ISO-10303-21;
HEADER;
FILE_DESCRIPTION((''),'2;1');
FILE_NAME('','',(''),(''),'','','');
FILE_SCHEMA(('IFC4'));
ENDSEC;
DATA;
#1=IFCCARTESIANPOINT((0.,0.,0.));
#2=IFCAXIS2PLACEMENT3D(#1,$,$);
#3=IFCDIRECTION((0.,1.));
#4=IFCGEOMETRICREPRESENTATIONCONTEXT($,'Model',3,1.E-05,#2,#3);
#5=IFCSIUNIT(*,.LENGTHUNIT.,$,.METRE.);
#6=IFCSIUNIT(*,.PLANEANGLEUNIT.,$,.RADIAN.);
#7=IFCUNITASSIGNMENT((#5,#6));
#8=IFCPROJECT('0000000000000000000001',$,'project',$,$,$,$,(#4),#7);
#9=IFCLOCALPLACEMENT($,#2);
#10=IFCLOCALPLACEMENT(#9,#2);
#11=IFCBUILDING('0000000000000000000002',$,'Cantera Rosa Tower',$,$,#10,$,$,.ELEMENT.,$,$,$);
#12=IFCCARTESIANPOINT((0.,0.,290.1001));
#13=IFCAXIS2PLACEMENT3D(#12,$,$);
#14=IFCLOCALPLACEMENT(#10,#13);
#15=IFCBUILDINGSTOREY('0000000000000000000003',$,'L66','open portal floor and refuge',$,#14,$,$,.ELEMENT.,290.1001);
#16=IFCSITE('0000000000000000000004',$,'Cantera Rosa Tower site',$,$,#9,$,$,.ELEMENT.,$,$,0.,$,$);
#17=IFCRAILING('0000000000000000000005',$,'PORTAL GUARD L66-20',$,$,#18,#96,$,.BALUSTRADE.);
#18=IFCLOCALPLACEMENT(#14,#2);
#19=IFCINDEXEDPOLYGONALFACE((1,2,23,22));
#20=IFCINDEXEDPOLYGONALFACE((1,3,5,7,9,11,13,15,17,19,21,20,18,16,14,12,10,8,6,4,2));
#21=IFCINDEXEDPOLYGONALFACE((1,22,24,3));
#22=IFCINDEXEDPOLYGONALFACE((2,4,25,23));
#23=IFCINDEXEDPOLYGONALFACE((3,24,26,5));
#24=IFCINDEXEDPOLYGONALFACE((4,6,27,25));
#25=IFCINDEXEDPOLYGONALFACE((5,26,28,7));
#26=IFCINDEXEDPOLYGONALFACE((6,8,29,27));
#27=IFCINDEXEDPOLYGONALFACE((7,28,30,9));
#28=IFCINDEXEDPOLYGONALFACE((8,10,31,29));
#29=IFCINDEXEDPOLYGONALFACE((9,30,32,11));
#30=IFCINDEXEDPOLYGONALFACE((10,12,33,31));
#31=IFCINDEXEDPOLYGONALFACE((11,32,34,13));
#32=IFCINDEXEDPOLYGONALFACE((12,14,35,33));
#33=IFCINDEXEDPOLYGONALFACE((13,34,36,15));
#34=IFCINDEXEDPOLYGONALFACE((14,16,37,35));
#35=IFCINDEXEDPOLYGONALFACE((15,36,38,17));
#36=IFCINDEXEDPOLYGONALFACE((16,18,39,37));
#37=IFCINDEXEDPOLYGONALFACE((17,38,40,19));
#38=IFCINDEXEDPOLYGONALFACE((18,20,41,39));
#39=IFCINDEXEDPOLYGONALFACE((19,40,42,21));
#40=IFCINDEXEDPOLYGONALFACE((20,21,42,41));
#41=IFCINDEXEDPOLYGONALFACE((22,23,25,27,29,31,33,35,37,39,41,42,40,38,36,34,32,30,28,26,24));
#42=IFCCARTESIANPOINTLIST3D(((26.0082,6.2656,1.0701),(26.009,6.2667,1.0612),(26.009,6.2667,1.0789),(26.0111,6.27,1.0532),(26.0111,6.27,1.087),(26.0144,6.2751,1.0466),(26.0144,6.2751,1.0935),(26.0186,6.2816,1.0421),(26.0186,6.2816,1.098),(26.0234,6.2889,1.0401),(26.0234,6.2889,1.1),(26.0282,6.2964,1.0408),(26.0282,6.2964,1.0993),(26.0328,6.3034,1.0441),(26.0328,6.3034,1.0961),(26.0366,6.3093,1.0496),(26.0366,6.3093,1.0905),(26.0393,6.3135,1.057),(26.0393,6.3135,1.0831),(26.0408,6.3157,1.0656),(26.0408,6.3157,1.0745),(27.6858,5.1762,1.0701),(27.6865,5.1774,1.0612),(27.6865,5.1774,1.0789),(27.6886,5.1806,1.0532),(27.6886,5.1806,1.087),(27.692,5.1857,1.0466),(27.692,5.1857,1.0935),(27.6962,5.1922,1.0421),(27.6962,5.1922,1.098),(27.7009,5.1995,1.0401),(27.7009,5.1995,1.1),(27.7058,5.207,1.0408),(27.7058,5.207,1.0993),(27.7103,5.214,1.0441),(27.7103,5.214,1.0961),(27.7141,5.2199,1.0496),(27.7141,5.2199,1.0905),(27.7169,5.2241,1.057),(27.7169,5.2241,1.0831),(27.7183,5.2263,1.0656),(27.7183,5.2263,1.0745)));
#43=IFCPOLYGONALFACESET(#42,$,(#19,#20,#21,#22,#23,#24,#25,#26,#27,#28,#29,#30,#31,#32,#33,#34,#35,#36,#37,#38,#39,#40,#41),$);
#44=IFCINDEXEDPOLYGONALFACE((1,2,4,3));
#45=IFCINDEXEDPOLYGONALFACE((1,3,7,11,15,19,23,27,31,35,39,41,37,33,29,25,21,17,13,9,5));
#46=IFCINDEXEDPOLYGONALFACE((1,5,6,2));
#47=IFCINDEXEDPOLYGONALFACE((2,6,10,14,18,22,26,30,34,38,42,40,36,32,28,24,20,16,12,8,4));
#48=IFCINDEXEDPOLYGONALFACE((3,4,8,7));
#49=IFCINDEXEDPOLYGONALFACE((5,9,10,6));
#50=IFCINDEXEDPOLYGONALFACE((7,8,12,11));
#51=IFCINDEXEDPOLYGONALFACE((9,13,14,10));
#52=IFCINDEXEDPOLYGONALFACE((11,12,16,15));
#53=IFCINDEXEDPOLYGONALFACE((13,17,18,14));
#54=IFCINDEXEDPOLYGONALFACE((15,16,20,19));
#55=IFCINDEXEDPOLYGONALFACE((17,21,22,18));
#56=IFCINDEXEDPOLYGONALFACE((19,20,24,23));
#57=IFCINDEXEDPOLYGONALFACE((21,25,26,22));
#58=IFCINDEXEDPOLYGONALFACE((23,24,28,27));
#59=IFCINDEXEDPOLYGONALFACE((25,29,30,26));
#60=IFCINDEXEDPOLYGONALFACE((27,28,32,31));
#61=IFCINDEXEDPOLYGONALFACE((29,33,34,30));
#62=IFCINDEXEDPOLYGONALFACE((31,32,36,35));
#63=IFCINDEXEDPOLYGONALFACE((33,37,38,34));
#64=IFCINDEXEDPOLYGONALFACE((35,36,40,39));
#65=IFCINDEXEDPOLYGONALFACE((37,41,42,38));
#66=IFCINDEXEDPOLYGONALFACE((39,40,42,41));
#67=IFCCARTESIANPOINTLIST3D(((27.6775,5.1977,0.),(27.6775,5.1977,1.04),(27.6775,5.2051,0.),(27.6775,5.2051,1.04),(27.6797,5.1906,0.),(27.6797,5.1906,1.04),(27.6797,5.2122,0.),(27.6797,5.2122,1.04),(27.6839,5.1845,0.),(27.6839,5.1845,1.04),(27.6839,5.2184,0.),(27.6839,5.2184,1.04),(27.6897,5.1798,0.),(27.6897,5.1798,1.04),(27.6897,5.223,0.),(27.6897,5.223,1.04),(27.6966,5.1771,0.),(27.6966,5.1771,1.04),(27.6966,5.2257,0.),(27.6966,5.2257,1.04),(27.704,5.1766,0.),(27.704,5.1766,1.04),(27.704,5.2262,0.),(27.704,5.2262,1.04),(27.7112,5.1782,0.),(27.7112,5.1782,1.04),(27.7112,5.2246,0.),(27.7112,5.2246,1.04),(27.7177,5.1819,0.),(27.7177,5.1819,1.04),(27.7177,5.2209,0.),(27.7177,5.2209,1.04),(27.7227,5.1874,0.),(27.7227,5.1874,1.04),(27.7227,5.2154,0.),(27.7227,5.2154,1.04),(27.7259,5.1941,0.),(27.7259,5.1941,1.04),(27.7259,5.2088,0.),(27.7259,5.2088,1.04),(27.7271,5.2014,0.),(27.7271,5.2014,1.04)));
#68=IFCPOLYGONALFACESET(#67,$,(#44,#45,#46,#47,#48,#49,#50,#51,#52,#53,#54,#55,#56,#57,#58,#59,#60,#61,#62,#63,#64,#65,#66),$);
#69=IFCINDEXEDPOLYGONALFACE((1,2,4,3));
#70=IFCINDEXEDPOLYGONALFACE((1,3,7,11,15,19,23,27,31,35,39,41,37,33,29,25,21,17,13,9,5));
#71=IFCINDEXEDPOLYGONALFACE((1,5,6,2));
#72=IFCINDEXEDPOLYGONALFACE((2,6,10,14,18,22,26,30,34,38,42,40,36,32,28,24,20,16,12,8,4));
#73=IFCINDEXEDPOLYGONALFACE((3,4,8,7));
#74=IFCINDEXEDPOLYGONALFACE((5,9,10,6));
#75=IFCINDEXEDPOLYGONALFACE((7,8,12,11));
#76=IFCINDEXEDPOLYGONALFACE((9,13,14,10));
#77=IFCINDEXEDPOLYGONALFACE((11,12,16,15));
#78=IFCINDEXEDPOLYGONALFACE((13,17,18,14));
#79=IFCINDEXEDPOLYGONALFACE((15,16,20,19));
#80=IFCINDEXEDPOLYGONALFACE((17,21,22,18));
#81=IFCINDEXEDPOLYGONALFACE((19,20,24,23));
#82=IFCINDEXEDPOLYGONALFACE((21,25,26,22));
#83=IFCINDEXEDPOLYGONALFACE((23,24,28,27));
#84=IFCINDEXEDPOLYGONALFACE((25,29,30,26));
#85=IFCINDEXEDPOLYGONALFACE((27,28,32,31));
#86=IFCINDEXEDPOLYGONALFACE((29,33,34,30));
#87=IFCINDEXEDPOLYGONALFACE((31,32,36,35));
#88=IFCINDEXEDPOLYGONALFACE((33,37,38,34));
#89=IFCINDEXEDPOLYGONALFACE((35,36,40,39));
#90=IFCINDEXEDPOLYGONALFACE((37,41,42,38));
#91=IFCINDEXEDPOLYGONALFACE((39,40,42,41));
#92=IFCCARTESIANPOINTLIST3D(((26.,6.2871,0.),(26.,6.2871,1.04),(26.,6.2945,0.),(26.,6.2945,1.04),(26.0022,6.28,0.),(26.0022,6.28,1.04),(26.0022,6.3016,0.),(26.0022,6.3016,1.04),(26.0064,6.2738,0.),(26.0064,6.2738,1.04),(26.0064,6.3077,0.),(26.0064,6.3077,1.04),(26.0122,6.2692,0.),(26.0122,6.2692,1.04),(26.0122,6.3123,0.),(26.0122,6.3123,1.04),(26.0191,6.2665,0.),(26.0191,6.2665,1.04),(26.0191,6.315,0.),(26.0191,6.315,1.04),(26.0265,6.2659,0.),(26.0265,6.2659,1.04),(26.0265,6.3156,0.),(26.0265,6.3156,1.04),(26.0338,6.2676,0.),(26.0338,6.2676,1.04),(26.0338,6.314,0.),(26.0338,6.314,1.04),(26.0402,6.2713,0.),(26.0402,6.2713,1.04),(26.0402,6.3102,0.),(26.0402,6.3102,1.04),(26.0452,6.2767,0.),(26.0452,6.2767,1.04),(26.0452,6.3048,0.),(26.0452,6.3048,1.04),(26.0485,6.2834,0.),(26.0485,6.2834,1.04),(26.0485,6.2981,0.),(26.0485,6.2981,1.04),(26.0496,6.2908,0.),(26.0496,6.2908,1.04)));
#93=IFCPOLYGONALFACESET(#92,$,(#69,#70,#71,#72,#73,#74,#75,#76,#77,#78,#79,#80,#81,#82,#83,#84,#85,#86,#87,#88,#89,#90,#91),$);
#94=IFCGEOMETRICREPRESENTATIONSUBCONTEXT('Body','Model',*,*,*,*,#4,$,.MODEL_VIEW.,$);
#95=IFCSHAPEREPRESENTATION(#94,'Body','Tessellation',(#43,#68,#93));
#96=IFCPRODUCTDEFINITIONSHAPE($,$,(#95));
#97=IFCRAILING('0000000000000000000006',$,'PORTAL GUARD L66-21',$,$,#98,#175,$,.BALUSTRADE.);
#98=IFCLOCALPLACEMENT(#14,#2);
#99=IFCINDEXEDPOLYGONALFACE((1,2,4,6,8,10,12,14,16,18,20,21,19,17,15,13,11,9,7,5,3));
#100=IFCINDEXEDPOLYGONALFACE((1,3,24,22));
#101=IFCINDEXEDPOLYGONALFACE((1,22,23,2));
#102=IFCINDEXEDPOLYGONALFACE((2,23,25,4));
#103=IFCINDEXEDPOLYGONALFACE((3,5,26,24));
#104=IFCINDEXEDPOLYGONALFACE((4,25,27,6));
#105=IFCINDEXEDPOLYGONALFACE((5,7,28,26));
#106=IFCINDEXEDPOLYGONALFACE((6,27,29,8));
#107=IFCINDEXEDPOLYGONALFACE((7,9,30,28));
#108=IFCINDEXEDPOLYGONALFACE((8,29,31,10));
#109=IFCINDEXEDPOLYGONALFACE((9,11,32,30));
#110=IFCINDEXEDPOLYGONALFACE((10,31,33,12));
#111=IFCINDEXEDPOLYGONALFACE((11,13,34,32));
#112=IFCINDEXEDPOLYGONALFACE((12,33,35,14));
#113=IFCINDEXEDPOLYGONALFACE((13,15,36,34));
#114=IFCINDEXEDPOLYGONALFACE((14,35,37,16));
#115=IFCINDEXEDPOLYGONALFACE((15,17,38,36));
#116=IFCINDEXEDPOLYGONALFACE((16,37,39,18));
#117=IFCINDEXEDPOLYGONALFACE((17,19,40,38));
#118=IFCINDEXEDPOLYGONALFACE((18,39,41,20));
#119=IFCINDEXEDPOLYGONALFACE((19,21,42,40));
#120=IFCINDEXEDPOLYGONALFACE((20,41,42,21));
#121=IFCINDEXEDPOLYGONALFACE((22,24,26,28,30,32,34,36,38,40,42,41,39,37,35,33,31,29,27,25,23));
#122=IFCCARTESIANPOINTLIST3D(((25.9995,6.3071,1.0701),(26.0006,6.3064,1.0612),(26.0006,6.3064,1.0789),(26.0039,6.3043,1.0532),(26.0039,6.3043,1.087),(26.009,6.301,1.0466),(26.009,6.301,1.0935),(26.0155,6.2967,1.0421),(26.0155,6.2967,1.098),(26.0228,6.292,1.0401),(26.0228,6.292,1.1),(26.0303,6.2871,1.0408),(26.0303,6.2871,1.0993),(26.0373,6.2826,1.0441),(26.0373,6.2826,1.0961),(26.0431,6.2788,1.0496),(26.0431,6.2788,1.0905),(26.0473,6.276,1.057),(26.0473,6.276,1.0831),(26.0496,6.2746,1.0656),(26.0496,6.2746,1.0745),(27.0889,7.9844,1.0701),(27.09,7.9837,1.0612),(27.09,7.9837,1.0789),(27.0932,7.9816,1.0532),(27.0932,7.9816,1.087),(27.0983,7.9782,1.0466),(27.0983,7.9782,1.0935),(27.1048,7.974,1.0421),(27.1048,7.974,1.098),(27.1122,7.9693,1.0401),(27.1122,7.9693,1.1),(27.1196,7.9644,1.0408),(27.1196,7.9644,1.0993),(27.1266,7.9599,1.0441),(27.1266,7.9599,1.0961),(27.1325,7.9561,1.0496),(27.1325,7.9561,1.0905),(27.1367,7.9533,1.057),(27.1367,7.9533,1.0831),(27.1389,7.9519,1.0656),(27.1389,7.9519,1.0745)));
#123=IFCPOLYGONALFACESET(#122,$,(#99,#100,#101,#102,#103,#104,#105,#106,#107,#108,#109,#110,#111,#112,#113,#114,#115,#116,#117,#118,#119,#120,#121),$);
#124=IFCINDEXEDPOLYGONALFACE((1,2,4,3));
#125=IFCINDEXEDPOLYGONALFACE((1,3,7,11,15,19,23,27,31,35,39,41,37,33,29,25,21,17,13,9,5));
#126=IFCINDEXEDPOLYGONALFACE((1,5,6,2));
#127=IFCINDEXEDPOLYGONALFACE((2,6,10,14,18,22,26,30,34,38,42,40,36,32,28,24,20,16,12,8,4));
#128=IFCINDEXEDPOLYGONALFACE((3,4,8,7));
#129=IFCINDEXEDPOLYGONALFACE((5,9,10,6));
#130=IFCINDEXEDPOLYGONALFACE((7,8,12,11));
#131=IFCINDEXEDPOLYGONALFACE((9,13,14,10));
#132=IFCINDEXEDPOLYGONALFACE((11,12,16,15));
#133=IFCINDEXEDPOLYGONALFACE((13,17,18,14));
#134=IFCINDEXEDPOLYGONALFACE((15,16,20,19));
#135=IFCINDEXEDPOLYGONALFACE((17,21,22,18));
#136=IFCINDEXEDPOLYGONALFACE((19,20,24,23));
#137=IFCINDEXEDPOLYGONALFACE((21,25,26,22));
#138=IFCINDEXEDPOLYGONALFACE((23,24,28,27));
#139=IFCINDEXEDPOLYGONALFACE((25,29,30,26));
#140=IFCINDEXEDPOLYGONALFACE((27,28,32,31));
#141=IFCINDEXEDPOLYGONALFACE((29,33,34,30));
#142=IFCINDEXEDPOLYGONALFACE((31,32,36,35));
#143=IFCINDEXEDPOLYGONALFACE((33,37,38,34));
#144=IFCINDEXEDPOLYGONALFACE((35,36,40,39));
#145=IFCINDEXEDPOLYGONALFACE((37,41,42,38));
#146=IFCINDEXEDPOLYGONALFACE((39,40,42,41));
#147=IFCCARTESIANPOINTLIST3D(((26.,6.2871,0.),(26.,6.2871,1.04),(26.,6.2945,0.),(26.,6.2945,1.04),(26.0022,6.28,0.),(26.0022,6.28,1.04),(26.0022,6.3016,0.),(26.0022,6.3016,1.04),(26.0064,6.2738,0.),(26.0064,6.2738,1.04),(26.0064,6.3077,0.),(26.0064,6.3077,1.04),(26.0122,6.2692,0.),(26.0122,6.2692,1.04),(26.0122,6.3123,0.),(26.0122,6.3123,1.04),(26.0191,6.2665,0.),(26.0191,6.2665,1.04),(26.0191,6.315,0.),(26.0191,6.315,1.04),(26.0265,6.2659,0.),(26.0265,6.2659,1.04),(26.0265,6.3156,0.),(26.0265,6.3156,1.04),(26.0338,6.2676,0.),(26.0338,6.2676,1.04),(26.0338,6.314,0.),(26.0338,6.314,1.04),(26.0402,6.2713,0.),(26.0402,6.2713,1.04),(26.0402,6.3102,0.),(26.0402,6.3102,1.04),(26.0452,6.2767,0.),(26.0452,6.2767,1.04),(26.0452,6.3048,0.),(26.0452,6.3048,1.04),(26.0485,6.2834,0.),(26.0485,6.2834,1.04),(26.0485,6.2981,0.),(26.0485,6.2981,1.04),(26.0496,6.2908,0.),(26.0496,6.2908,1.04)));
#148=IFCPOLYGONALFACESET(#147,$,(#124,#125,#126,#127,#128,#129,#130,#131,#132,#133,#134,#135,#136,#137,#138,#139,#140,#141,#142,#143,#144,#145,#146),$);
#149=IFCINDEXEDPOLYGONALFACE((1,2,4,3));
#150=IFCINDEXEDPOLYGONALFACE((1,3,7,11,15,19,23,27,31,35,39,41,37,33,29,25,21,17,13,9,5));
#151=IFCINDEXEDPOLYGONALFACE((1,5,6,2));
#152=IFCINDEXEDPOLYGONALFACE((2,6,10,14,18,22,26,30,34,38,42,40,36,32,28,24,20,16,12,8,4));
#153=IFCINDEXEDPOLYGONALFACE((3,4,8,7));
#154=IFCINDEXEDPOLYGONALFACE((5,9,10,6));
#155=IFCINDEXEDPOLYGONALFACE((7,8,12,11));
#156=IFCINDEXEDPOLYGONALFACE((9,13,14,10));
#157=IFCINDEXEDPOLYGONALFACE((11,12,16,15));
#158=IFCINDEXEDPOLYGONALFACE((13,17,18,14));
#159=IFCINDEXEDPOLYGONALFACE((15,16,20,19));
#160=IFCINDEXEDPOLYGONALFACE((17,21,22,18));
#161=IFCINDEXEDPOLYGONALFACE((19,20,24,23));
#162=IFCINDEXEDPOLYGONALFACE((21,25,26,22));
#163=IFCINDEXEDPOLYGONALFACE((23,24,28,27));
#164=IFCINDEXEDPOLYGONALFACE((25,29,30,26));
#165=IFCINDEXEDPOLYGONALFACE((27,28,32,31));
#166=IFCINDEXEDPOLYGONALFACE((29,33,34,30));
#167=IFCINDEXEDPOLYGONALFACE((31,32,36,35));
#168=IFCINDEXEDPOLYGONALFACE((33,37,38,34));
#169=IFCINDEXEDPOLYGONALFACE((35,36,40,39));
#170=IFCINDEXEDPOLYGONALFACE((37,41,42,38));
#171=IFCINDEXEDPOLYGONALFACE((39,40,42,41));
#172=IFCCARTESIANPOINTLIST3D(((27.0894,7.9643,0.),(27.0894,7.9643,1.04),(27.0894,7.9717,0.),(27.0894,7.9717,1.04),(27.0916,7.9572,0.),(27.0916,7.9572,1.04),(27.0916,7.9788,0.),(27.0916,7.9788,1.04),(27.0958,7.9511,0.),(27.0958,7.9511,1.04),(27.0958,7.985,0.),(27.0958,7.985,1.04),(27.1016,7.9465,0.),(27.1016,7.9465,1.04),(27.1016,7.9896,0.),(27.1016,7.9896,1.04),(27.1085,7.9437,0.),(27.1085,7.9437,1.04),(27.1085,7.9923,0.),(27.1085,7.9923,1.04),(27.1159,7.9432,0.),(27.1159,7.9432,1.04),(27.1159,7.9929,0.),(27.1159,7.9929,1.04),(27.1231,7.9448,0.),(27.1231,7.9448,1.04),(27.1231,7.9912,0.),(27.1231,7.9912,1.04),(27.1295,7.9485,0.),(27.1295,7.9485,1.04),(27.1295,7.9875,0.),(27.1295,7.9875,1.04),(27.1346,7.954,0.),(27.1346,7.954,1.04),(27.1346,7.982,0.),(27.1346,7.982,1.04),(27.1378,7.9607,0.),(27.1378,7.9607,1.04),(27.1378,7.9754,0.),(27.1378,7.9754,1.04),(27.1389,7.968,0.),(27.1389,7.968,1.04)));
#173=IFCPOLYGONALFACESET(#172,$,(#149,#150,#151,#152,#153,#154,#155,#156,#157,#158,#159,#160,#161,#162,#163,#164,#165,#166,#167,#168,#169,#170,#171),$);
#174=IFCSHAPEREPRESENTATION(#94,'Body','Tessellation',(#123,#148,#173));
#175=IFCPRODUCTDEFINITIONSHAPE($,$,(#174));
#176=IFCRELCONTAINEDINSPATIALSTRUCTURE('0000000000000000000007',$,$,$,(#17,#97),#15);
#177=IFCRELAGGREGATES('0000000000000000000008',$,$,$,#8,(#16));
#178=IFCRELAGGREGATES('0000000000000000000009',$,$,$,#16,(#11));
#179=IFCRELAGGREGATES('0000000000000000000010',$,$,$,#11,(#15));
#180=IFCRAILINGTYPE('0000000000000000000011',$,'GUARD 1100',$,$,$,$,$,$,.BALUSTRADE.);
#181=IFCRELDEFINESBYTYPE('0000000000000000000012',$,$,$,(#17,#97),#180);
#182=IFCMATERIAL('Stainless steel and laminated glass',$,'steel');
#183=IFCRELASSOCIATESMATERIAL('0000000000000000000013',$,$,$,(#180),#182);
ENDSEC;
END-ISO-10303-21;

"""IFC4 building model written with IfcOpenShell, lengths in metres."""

from ifc_helpers import new_model, si_unit, direction, frame, origin, origin_2d, place, context, subcontext, project, spatial, circle, extrude, material, type_object, element, save


model = new_model("IFC4")

# Units and contexts
model_context = context("Model", 3, precision=1e-05, world=origin(), true_north=direction((0.0, 1.0)))
body_context = subcontext(model_context, "Body", "Model", "MODEL_VIEW")
ifc_project = project(units=[si_unit("LENGTHUNIT", "METRE"), si_unit("PLANEANGLEUNIT", "RADIAN")], contexts=[model_context])

# Site, building, storey
site_placement = place(None, origin())
site = spatial("IfcSite", under=ifc_project, at=site_placement, Name="Cantera Rosa Tower site", CompositionType="ELEMENT", RefElevation=0.0)
building_placement = place(site_placement, origin())
building = spatial("IfcBuilding", under=site, at=building_placement, Name="Cantera Rosa Tower", CompositionType="ELEMENT")
storey_placement = place(building_placement, frame((0.0, 0.0, 290.1001)))
storey = spatial("IfcBuildingStorey", under=building, at=storey_placement, Name="L66", Description="open portal floor and refuge", CompositionType="ELEMENT", Elevation=290.1001)

# Railings
ifc_material_1 = material(Name="Stainless steel and laminated glass", Category="steel")
railing_type_1 = type_object("IfcRailingType", Name="GUARD 1100", PredefinedType="BALUSTRADE", material=ifc_material_1)
railing_1_placement = place(storey_placement, frame((27.7021, 5.2014, 0.0)))
element("IfcRailing", 1, at=railing_1_placement, inside=storey, type_object=railing_type_1, Name="PORTAL GUARD L66-20", PredefinedType="BALUSTRADE", context=body_context, shape_type="SweptSolid", body=[
    extrude(circle(Radius=0.03, at=origin_2d()), frame((0.0, 0.0, 1.0701), z_axis=(-0.838675, 0.544632, 0.0), x_axis=(-0.544632, -0.838675, 0.0)), (0.0, 0.0, 1.0), 2.0002),
    extrude(circle(Radius=0.0249, at=origin_2d()), origin(), (0.0, 0.0, 1.0), 1.04),
    extrude(circle(Radius=0.0249, at=origin_2d()), frame((-1.6775, 1.0894, 0.0)), (0.0, 0.0, 1.0), 1.04),
])
railing_2_placement = place(storey_placement, frame((26.0247, 6.2908, 0.0)))
element("IfcRailing", 2, at=railing_2_placement, inside=storey, type_object=railing_type_1, Name="PORTAL GUARD L66-21", PredefinedType="BALUSTRADE", context=body_context, shape_type="SweptSolid", body=[
    extrude(circle(Radius=0.03, at=origin_2d()), frame((0.0, 0.0, 1.0701), z_axis=(0.544688, 0.838639, 0.0), x_axis=(-0.838639, 0.544688, 0.0)), (0.0, 0.0, 1.0), 2.0),
    extrude(circle(Radius=0.0249, at=origin_2d()), origin(), (0.0, 0.0, 1.0), 1.04),
    extrude(circle(Radius=0.0249, at=origin_2d()), frame((1.0894, 1.6772, 0.0)), (0.0, 0.0, 1.0), 1.04),
])

save(model, "model.ifc")
